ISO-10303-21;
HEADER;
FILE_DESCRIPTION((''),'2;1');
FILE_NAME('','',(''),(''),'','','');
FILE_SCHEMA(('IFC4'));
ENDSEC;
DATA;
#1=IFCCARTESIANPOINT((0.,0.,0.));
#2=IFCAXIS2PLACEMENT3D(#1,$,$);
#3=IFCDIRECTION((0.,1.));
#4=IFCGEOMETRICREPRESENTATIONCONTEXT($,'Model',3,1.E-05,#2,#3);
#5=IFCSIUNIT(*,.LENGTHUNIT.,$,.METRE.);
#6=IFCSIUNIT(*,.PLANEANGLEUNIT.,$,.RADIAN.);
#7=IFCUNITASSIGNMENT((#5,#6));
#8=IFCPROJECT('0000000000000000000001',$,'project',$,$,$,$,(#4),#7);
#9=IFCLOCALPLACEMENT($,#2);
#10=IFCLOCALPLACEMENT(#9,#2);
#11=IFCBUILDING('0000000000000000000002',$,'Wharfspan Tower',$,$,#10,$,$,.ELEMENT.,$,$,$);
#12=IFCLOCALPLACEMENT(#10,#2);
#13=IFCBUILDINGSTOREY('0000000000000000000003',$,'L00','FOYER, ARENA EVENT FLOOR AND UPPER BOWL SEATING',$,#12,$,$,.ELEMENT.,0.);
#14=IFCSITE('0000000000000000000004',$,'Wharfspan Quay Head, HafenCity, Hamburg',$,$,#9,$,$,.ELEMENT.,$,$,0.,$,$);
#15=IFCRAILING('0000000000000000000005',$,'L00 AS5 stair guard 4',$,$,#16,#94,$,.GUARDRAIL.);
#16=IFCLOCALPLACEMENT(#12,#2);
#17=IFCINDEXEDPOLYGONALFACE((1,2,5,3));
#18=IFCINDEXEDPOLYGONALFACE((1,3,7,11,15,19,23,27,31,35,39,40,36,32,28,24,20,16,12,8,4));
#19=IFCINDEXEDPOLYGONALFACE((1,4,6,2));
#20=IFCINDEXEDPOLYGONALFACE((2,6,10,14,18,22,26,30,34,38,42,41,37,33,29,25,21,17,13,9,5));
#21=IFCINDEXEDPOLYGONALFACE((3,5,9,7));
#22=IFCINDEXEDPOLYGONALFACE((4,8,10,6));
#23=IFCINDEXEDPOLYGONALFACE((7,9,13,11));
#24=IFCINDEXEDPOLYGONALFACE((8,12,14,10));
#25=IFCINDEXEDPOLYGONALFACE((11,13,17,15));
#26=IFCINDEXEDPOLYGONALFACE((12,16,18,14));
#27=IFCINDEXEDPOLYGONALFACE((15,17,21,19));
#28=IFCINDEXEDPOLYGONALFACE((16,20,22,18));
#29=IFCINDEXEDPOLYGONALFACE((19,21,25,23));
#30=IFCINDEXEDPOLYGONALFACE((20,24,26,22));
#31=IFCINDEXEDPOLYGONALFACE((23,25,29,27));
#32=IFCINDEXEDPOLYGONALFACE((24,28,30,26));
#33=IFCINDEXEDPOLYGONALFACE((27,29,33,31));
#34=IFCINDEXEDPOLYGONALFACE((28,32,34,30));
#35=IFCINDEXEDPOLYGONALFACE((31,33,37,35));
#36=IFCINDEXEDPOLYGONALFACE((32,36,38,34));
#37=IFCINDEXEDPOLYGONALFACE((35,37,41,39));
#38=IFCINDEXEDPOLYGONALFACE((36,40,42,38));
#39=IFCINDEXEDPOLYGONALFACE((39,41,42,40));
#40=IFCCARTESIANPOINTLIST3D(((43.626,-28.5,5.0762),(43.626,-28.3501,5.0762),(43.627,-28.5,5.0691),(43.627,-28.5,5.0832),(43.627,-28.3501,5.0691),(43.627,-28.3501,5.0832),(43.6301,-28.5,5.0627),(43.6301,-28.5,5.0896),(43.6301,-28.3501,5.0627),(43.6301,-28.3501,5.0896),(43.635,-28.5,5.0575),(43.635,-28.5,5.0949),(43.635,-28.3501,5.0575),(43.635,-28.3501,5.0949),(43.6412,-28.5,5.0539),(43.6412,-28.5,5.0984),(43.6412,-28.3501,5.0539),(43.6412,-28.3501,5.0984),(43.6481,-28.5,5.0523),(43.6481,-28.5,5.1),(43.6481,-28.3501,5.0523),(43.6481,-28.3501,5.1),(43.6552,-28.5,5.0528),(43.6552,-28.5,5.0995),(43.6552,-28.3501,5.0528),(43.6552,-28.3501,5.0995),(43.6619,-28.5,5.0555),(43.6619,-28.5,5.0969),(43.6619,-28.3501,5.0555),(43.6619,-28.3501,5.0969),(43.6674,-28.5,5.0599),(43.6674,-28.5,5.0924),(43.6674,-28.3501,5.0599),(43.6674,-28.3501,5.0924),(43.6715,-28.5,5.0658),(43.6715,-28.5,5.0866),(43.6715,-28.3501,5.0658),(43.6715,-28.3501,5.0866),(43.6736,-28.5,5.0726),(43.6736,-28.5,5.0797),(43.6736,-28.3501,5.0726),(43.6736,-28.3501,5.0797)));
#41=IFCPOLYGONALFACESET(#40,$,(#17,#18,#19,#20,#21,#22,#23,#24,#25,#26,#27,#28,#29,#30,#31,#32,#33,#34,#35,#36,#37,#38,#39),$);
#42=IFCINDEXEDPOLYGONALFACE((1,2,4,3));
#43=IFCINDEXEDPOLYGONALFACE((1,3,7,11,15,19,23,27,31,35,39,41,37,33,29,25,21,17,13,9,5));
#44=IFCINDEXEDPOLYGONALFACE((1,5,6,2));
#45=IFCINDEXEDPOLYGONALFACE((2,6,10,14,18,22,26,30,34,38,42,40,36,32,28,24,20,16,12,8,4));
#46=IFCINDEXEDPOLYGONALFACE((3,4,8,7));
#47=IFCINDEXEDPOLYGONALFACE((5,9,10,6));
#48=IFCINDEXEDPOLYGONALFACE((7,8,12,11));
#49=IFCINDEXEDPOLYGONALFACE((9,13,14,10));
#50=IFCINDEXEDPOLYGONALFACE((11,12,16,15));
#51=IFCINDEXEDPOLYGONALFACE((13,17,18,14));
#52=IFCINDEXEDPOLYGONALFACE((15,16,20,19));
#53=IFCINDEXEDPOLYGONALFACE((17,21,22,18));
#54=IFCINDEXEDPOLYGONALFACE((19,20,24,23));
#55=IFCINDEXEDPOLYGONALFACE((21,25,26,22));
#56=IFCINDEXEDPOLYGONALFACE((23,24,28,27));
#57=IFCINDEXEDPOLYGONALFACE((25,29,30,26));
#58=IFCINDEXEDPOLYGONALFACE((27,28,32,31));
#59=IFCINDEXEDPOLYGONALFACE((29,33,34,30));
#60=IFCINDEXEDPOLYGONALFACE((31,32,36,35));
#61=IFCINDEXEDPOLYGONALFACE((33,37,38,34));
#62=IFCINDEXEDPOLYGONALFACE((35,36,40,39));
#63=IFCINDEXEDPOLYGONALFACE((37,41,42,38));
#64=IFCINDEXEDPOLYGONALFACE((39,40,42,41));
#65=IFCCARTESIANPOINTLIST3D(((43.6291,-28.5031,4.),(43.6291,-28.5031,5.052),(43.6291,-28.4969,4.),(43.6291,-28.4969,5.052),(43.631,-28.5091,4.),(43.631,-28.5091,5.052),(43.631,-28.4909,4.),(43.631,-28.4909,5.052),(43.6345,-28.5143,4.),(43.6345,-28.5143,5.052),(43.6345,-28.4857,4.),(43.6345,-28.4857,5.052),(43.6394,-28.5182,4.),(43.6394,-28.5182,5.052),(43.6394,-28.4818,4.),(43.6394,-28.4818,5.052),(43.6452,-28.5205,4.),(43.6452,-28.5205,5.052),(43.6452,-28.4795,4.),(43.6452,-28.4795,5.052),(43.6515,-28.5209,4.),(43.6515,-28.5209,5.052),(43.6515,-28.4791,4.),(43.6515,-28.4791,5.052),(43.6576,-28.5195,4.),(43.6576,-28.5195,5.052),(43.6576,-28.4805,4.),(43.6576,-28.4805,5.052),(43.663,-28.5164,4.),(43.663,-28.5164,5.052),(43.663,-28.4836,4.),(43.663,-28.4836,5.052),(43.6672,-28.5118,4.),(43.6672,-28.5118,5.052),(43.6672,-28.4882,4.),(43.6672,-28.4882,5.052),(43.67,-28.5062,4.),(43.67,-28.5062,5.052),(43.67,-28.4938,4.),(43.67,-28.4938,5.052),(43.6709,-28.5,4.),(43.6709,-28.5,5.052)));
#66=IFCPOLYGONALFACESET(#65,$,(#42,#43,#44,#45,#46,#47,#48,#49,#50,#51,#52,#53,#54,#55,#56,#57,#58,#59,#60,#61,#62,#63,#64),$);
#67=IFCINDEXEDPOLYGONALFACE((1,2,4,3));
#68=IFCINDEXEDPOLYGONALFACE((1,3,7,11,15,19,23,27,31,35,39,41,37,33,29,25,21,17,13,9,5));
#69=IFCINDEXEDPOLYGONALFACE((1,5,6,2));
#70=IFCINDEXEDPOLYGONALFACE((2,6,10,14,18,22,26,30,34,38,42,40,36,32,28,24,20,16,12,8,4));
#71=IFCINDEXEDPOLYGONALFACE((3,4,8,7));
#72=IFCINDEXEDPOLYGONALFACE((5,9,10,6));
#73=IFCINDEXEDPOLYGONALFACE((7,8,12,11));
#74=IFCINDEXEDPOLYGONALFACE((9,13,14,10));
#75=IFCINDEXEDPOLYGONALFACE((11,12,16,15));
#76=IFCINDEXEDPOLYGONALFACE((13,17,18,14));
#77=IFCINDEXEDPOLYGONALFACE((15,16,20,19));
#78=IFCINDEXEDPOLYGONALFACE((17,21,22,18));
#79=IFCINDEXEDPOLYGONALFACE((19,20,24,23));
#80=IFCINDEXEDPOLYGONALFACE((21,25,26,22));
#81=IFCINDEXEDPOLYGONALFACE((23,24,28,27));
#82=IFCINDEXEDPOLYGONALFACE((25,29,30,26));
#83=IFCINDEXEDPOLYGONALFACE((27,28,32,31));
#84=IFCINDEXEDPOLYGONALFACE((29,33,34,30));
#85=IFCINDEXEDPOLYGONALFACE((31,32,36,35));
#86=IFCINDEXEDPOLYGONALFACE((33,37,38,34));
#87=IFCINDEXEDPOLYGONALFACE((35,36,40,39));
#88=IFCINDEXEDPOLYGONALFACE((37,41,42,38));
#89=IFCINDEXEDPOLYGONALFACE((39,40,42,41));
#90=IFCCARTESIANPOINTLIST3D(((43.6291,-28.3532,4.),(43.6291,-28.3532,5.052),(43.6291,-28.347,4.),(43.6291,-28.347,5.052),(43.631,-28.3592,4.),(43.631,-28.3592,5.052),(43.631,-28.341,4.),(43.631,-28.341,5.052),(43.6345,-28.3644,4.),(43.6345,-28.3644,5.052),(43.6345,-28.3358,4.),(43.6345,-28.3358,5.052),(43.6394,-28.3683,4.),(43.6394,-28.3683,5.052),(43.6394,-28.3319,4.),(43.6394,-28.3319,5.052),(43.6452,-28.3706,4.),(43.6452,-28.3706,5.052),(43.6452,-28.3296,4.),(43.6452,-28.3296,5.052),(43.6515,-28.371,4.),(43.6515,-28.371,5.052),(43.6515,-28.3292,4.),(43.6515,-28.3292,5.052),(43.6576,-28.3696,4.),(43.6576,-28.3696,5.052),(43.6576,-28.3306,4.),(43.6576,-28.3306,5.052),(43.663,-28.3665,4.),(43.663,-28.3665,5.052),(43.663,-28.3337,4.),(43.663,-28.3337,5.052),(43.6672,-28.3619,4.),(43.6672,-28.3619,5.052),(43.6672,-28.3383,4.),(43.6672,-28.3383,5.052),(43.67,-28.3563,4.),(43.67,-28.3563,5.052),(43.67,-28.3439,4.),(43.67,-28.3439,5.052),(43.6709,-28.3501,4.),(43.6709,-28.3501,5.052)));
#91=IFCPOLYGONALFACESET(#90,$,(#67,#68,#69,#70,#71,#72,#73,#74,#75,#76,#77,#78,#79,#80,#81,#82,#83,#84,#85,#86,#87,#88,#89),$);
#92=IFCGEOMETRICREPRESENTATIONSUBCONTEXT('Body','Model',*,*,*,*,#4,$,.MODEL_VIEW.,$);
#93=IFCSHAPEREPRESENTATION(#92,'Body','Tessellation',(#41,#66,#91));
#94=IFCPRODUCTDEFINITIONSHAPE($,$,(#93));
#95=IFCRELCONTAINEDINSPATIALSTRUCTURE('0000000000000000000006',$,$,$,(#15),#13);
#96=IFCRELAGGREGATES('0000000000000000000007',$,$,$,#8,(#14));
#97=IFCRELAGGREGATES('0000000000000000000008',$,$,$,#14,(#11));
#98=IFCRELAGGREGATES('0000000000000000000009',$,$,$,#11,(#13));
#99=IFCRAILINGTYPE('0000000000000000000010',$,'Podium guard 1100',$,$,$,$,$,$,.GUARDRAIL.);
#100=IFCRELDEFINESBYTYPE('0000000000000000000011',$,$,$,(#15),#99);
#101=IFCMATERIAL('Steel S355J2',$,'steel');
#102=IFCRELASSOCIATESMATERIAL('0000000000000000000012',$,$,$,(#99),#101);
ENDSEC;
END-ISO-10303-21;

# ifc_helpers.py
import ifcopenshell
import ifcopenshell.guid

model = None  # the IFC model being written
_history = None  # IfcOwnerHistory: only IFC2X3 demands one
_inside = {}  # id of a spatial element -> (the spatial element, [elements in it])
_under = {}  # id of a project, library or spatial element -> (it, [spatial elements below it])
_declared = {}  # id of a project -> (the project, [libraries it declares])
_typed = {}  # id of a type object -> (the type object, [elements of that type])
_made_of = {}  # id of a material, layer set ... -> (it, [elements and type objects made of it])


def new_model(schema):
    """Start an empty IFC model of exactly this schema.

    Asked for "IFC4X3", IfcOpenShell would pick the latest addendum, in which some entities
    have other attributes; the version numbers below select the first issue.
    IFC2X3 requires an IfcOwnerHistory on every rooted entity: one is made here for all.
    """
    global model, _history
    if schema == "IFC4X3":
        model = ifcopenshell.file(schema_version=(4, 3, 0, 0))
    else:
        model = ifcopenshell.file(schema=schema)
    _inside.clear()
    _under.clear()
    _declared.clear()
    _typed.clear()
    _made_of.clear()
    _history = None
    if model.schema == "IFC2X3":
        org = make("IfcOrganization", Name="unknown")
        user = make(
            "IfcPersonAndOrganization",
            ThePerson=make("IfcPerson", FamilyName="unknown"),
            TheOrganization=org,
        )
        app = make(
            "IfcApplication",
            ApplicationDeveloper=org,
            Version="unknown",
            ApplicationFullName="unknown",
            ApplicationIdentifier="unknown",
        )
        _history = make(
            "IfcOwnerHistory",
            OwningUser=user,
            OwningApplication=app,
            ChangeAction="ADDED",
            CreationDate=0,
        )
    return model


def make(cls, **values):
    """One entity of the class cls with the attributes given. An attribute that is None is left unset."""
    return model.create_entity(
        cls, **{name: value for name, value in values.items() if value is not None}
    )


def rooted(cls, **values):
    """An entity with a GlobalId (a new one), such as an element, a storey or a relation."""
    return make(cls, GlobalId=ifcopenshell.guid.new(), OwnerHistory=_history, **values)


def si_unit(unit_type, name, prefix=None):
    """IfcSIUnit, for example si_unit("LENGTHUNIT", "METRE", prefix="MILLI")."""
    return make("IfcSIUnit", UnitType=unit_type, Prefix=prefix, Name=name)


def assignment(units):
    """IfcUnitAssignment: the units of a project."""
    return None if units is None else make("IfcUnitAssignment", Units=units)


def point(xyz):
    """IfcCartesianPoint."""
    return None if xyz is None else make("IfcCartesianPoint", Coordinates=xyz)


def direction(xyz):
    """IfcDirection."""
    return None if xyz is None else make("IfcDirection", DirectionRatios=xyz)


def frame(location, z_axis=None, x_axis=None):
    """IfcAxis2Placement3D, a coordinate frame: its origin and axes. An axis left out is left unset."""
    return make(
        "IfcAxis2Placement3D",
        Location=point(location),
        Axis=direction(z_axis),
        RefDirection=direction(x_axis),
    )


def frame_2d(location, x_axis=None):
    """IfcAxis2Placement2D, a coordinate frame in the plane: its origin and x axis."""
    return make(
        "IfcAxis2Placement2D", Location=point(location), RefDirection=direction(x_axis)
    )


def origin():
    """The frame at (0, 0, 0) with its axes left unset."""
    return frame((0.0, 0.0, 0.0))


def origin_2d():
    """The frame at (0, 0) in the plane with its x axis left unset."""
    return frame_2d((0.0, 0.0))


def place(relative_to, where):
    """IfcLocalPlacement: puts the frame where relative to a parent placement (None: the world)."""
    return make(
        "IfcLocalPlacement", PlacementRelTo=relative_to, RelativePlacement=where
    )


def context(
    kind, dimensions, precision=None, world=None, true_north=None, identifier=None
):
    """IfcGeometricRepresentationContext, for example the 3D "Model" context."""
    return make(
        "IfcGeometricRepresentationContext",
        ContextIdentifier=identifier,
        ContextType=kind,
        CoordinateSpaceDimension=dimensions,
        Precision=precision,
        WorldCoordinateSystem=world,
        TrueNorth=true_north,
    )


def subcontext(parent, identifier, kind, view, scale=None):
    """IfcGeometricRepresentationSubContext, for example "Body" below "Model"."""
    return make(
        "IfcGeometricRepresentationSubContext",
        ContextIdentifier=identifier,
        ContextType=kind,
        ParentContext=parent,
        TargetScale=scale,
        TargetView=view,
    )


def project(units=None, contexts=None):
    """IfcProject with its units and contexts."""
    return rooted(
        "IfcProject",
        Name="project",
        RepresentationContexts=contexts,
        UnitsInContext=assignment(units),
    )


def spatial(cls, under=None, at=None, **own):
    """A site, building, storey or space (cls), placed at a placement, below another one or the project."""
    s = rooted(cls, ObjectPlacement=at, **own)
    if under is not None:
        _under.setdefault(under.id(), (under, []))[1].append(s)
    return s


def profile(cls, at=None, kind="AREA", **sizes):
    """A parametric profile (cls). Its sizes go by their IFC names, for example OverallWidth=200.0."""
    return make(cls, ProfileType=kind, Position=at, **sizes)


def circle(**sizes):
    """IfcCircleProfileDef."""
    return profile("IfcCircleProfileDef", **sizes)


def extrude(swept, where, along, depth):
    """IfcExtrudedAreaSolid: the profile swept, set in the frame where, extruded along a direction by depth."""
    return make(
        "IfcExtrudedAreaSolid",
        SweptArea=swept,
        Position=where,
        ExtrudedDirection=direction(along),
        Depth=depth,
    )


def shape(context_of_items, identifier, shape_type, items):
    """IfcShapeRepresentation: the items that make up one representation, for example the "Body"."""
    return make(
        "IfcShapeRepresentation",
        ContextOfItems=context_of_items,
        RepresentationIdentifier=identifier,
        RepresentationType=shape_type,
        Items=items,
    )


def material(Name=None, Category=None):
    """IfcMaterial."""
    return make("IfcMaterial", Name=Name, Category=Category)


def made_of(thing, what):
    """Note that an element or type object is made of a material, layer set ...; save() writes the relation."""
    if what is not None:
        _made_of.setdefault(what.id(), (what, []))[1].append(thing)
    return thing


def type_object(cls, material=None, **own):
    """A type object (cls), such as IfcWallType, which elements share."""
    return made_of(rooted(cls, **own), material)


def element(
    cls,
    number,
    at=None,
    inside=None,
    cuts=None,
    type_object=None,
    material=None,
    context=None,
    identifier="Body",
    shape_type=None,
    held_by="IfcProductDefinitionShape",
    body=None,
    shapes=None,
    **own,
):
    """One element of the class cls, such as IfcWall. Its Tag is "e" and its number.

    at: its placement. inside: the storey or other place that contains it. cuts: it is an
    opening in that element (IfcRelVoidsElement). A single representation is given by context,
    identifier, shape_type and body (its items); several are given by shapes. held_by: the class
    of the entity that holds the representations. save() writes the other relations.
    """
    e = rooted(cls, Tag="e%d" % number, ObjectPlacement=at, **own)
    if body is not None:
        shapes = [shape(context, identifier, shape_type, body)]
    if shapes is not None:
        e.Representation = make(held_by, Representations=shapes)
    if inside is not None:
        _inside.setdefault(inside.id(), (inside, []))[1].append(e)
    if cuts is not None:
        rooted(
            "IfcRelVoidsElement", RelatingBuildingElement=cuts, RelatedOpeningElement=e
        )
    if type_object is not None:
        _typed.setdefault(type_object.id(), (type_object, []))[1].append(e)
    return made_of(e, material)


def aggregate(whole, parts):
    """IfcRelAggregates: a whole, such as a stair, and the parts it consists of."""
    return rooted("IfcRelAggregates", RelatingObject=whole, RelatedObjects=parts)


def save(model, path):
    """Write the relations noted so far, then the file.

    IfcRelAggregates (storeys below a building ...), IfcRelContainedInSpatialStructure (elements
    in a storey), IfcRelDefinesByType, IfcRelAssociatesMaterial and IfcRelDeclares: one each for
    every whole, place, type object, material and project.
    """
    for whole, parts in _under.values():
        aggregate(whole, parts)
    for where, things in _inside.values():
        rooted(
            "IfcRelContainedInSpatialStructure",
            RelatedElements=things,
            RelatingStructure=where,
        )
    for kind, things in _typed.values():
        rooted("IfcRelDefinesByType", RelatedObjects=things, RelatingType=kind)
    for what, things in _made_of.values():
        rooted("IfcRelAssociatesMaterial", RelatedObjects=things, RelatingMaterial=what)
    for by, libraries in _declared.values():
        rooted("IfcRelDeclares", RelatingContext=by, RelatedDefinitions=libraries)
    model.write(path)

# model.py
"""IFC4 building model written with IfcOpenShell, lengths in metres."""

from ifc_helpers import new_model, si_unit, direction, frame, origin, origin_2d, place, context, subcontext, project, spatial, circle, extrude, material, type_object, element, save


model = new_model("IFC4")

# Units and contexts
model_context = context("Model", 3, precision=1e-05, world=origin(), true_north=direction((0.0, 1.0)))
body_context = subcontext(model_context, "Body", "Model", "MODEL_VIEW")
ifc_project = project(units=[si_unit("LENGTHUNIT", "METRE"), si_unit("PLANEANGLEUNIT", "RADIAN")], contexts=[model_context])

# Site, building, storey
site_placement = place(None, origin())
site = spatial("IfcSite", under=ifc_project, at=site_placement, Name="Wharfspan Quay Head, HafenCity, Hamburg", CompositionType="ELEMENT", RefElevation=0.0)
building_placement = place(site_placement, origin())
building = spatial("IfcBuilding", under=site, at=building_placement, Name="Wharfspan Tower", CompositionType="ELEMENT")
storey_placement = place(building_placement, origin())
storey = spatial("IfcBuildingStorey", under=building, at=storey_placement, Name="L00", Description="FOYER, ARENA EVENT FLOOR AND UPPER BOWL SEATING", CompositionType="ELEMENT", Elevation=0.0)

# Railing
ifc_material_1 = material(Name="Steel S355J2", Category="steel")
railing_type_1 = type_object("IfcRailingType", Name="Podium guard 1100", PredefinedType="GUARDRAIL", material=ifc_material_1)
railing_1_placement = place(storey_placement, frame((43.6499, -28.5, 4.0)))
element("IfcRailing", 1, at=railing_1_placement, inside=storey, type_object=railing_type_1, Name="L00 AS5 stair guard 4", PredefinedType="GUARDRAIL", context=body_context, shape_type="SweptSolid", body=[
    extrude(circle(Radius=0.0239, at=origin_2d()), frame((0.0, 0.0, 1.0762), z_axis=(0.0, 1.0, 0.0), x_axis=(-1.0, 0.0, 0.0)), (0.0, 0.0, 1.0), 0.1499),
    extrude(circle(Radius=0.021, at=origin_2d()), origin(), (0.0, 0.0, 1.0), 1.052),
    extrude(circle(Radius=0.021, at=origin_2d()), frame((0.0, 0.1499, 0.0)), (0.0, 0.0, 1.0), 1.052),
])

save(model, "model.ifc")
